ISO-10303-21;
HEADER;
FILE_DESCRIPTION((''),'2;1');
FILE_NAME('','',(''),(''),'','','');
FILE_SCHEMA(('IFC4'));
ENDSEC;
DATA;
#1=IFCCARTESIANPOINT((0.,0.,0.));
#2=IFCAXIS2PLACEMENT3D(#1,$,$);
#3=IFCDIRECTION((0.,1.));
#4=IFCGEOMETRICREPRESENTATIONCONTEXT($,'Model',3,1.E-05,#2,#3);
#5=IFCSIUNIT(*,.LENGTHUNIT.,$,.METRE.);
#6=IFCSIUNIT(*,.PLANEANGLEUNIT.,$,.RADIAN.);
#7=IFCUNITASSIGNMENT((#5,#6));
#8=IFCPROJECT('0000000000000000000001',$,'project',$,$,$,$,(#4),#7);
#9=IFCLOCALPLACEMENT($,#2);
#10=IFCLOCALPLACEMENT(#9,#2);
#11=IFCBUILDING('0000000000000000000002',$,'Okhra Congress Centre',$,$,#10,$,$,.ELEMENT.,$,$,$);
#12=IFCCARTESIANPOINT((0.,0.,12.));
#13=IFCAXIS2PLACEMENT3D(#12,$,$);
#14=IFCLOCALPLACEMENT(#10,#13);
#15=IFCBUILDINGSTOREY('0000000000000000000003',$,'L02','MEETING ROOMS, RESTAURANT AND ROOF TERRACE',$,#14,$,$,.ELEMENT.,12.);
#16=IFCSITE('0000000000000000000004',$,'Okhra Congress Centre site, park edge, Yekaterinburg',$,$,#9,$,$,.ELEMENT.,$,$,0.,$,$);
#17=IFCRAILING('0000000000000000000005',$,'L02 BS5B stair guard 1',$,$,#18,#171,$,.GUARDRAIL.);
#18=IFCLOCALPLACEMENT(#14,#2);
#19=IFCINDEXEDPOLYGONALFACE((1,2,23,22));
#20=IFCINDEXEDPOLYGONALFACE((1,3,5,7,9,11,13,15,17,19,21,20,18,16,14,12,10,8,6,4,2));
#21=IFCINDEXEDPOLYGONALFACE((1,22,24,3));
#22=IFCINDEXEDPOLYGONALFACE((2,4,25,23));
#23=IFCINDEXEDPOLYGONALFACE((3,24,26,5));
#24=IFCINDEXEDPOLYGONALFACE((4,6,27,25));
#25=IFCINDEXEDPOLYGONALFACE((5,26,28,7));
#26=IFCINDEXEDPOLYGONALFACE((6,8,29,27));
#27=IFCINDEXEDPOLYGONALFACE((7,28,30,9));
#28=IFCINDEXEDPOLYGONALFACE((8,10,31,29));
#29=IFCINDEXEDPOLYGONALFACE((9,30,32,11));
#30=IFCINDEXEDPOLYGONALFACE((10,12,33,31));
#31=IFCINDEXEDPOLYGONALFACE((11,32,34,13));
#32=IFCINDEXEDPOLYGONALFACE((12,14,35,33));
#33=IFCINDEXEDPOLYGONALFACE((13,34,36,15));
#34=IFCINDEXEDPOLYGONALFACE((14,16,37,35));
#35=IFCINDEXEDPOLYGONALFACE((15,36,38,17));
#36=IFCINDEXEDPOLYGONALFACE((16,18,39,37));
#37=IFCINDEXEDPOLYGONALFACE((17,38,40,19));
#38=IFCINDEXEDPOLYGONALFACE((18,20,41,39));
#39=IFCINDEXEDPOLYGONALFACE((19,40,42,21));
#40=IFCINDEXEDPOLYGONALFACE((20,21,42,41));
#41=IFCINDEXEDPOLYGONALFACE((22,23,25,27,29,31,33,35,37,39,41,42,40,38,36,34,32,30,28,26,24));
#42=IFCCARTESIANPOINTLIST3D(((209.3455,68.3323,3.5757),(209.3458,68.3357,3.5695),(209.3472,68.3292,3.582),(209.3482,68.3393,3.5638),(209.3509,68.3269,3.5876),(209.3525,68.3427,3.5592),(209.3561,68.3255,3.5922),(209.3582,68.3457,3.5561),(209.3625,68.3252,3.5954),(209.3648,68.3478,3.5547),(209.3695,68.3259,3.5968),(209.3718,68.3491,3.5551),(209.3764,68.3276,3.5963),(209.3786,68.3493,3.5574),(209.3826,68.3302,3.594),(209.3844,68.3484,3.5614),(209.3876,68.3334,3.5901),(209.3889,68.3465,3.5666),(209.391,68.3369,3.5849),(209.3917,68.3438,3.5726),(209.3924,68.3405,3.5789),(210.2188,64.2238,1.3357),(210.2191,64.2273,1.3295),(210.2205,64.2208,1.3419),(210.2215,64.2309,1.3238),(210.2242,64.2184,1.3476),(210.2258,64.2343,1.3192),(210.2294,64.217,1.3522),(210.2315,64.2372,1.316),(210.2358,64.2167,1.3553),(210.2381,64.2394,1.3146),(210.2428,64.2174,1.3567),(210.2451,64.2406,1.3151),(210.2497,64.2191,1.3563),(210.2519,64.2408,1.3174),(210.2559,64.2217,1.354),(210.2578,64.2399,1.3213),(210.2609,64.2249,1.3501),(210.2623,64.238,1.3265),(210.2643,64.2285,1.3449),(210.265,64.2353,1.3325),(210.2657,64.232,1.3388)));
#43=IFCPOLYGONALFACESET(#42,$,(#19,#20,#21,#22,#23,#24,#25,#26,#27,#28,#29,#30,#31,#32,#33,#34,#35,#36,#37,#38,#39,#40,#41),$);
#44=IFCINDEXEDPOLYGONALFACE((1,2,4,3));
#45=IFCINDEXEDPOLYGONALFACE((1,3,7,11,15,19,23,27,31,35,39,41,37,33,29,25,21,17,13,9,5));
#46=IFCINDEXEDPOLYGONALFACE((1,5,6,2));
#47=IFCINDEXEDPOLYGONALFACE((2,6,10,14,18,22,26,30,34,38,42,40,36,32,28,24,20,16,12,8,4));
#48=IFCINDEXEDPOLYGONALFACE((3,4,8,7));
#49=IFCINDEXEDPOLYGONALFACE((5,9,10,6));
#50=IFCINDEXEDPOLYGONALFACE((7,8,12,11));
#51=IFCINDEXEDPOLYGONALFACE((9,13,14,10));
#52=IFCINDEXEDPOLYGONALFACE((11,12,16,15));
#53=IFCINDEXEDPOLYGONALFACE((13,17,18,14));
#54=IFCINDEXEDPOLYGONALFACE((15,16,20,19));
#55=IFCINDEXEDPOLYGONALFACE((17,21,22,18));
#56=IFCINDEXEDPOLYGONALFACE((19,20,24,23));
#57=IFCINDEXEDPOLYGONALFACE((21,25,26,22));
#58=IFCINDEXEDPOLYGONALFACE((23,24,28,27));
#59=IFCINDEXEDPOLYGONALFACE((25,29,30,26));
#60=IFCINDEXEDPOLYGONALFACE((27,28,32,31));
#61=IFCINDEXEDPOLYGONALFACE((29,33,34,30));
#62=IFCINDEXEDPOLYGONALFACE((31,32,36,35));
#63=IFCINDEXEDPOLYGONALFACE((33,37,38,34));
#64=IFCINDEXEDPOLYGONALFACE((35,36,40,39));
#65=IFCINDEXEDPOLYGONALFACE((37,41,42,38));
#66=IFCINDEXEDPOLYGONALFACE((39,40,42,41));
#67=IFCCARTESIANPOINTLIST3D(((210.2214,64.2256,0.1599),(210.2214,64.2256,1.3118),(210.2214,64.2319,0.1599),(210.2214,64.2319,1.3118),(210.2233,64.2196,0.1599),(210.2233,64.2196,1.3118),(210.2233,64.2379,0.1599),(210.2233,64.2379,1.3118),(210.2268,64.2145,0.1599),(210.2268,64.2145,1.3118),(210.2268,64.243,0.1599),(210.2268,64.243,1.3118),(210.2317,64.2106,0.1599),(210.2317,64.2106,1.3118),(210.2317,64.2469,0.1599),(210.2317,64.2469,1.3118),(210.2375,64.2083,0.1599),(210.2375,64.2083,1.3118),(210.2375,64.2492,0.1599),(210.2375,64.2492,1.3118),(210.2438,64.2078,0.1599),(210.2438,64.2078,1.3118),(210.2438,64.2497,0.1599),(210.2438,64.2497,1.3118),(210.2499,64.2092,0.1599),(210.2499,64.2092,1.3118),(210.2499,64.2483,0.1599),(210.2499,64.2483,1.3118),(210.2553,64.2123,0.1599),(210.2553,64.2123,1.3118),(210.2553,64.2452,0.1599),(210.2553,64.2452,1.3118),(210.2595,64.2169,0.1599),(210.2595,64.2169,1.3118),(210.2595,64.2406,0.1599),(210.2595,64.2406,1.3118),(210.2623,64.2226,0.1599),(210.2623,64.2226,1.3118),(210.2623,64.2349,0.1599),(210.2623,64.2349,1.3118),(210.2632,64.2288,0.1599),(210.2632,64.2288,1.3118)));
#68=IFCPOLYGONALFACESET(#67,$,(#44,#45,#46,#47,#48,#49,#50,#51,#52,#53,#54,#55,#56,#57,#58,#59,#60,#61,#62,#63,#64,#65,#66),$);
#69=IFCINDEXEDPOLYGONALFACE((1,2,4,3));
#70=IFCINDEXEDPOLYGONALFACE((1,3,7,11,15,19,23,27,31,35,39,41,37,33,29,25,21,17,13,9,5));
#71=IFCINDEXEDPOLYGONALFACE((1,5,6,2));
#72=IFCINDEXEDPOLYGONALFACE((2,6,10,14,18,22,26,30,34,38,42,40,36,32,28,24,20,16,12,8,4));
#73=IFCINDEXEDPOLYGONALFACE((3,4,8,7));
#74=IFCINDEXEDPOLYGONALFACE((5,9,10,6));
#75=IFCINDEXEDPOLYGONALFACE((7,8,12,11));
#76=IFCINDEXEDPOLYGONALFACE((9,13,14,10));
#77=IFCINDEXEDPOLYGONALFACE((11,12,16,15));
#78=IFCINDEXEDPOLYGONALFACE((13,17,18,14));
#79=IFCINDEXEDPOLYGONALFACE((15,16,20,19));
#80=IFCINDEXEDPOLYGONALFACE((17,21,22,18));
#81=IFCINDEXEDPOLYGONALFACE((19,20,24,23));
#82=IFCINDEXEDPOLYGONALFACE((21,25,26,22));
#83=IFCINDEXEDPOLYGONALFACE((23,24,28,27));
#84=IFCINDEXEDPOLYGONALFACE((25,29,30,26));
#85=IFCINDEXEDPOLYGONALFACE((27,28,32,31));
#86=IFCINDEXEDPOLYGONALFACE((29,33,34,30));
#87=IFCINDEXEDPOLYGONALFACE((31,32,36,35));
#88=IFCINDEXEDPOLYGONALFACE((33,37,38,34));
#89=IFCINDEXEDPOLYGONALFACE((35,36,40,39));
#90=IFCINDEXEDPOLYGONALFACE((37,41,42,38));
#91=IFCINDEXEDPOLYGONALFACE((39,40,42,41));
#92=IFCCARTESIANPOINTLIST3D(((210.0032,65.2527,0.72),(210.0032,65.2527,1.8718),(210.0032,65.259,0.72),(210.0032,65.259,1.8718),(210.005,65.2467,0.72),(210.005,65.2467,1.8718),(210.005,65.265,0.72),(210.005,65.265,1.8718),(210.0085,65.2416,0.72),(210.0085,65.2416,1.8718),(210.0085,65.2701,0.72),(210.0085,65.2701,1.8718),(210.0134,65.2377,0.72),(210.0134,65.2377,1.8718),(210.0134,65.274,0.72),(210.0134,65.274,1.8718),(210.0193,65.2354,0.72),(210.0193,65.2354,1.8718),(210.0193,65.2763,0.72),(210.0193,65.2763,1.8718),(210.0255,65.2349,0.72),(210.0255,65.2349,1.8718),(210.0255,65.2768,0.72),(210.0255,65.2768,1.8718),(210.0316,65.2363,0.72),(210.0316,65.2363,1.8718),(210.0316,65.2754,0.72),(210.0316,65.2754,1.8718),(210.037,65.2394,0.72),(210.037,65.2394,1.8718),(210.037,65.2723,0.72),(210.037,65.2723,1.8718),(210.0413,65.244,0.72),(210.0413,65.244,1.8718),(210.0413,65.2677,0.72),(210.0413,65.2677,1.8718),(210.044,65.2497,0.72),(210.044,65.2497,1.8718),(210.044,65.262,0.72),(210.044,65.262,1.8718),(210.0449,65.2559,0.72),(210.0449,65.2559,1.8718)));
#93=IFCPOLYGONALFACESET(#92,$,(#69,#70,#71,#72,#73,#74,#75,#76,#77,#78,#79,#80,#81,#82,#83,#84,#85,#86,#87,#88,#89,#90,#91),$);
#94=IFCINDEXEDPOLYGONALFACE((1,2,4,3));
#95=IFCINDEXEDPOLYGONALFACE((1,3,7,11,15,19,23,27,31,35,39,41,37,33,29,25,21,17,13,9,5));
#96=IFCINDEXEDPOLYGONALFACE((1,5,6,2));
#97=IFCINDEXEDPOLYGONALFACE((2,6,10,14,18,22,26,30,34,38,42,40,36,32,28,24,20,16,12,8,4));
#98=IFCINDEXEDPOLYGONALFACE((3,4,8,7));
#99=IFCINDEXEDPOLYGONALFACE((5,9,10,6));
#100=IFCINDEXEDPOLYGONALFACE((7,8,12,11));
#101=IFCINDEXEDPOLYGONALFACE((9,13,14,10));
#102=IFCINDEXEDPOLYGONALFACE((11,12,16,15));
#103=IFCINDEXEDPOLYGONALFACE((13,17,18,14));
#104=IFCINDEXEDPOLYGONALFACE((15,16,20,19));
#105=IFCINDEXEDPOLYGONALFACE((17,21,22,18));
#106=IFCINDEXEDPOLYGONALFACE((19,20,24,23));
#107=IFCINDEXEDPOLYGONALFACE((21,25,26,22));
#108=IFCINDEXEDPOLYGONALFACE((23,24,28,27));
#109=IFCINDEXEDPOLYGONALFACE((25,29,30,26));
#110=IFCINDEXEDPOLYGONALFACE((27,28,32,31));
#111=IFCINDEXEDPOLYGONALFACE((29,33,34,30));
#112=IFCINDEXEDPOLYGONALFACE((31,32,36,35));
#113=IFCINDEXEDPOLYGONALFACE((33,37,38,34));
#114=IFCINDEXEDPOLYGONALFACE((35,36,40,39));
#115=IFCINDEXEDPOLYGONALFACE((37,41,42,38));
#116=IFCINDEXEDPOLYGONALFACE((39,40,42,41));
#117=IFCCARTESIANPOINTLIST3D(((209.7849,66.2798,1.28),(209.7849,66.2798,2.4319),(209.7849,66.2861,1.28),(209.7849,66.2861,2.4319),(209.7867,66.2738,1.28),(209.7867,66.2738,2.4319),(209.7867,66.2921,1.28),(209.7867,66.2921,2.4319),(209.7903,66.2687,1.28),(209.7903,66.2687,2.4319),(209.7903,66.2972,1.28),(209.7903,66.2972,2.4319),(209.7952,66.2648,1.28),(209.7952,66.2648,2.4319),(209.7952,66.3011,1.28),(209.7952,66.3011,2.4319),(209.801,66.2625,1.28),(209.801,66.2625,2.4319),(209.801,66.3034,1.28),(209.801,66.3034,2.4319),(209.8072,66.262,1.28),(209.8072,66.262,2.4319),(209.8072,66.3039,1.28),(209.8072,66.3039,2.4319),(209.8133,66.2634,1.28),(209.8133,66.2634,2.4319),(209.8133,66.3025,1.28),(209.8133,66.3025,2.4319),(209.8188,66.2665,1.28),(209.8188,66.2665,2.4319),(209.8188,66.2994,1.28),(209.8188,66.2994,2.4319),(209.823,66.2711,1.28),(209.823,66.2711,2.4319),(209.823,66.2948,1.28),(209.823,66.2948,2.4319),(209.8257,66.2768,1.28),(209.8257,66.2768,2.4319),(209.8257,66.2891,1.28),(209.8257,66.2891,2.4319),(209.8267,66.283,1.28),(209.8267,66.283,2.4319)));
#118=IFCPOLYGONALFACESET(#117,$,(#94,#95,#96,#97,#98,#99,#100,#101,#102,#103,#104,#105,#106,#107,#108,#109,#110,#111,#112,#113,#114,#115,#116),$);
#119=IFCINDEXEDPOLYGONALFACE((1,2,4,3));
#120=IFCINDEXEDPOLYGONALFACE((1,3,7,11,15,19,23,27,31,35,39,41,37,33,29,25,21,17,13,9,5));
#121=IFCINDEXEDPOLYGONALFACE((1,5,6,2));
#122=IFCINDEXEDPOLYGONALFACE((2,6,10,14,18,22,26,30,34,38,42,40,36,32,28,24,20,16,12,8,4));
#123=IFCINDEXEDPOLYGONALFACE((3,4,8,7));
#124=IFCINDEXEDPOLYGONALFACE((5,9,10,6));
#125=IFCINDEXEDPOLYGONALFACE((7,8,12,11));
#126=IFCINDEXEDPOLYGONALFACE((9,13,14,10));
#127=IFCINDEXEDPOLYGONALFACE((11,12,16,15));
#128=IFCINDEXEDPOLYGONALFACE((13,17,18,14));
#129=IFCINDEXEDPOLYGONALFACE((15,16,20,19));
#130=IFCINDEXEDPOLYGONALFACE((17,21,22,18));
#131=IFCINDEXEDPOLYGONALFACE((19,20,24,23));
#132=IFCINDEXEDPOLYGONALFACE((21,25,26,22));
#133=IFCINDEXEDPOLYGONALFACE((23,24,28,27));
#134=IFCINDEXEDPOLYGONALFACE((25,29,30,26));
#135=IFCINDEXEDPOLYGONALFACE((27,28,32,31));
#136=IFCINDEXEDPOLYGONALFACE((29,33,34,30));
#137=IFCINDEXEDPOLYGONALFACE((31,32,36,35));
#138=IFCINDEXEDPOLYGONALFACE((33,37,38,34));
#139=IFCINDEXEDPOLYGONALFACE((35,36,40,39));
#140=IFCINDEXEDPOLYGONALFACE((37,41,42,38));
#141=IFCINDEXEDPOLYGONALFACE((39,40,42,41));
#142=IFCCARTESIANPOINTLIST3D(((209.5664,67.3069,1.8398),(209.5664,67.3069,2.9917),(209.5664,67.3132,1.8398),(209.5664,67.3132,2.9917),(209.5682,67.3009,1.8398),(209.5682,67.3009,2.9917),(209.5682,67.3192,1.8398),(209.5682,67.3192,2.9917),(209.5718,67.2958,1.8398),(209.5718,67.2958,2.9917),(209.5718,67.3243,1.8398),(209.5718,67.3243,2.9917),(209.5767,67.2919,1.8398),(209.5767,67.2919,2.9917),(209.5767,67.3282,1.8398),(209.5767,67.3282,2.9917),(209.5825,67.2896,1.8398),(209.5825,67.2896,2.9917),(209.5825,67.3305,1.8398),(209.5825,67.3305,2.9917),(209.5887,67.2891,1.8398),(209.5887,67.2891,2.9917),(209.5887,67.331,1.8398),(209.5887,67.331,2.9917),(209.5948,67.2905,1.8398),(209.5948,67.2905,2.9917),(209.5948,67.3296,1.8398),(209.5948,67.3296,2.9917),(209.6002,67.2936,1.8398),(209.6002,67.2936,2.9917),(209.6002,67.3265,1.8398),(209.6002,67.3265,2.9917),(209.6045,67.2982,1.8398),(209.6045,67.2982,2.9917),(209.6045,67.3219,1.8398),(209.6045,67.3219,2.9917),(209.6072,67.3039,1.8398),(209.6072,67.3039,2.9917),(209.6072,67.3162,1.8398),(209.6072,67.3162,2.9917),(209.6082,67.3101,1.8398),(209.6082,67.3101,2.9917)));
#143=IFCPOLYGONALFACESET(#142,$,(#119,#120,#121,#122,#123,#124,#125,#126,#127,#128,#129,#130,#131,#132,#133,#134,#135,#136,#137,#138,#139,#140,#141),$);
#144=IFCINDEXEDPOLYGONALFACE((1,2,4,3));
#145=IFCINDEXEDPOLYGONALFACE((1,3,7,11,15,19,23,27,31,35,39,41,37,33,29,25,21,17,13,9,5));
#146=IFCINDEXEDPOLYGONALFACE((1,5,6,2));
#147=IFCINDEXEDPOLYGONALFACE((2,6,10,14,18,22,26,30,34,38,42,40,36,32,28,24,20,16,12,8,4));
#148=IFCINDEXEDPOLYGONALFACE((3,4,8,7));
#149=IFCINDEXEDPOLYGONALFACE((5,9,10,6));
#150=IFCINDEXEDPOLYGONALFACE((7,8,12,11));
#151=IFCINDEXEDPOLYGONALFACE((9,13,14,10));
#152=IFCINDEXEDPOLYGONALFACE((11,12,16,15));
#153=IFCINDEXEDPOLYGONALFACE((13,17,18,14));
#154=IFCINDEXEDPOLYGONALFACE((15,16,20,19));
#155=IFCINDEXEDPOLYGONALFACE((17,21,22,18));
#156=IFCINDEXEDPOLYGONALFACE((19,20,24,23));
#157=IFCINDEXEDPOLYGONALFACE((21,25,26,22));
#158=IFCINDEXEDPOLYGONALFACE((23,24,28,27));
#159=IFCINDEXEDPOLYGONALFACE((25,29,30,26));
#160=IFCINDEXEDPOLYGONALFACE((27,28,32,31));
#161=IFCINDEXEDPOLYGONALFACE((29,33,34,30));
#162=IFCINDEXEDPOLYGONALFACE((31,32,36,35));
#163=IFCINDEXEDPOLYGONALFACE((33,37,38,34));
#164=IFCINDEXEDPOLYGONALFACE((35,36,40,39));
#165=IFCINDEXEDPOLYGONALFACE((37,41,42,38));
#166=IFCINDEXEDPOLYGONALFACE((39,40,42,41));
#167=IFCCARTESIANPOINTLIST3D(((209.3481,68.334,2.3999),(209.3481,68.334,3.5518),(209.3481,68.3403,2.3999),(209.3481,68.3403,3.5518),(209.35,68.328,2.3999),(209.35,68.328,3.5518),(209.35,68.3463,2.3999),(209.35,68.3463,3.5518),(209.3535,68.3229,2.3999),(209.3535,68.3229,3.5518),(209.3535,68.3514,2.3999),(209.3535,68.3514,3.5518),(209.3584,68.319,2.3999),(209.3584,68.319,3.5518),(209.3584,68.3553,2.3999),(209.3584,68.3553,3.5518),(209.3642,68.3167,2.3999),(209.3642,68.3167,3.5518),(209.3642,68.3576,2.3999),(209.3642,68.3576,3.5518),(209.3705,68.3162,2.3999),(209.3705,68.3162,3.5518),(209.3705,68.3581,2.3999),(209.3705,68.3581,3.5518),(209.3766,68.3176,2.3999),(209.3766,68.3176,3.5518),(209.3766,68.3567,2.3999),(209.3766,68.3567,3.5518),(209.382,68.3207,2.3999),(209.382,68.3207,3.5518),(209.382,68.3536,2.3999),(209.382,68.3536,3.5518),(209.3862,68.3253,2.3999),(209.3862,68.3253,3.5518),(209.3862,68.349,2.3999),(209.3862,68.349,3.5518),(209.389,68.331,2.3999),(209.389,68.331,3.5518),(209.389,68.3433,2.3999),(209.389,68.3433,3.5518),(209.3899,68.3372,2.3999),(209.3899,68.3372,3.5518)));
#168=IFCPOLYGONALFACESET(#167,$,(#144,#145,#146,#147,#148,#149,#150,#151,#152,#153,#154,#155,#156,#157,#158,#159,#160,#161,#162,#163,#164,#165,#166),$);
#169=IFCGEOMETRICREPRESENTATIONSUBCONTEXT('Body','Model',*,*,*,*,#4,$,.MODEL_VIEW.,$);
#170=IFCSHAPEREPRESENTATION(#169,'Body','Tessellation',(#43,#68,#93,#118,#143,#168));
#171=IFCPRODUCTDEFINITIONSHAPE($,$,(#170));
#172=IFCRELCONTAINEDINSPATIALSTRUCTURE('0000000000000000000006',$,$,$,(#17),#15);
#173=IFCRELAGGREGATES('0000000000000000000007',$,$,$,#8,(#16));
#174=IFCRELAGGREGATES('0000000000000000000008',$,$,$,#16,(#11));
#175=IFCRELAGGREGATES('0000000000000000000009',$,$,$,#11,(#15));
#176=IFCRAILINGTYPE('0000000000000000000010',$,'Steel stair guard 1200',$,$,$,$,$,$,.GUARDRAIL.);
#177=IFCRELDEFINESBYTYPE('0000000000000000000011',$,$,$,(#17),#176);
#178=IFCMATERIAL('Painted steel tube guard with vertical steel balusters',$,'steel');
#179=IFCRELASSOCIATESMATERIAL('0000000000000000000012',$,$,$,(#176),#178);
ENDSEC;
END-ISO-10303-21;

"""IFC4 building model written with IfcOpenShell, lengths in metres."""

from ifc_helpers import new_model, si_unit, direction, frame, origin, origin_2d, place, context, subcontext, project, spatial, circle, extrude, material, type_object, element, save


model = new_model("IFC4")

# Units and contexts
model_context = context("Model", 3, precision=1e-05, world=origin(), true_north=direction((0.0, 1.0)))
body_context = subcontext(model_context, "Body", "Model", "MODEL_VIEW")
ifc_project = project(units=[si_unit("LENGTHUNIT", "METRE"), si_unit("PLANEANGLEUNIT", "RADIAN")], contexts=[model_context])

# Site, building, storey
site_placement = place(None, origin())
site = spatial("IfcSite", under=ifc_project, at=site_placement, Name="Okhra Congress Centre site, park edge, Yekaterinburg", CompositionType="ELEMENT", RefElevation=0.0)
building_placement = place(site_placement, origin())
building = spatial("IfcBuilding", under=site, at=building_placement, Name="Okhra Congress Centre", CompositionType="ELEMENT")
storey_placement = place(building_placement, frame((0.0, 0.0, 12.0)))
storey = spatial("IfcBuildingStorey", under=building, at=storey_placement, Name="L02", Description="MEETING ROOMS, RESTAURANT AND ROOF TERRACE", CompositionType="ELEMENT", Elevation=12.0)

# Railing
ifc_material_1 = material(Name="Painted steel tube guard with vertical steel balusters", Category="steel")
railing_type_1 = type_object("IfcRailingType", Name="Steel stair guard 1200", PredefinedType="GUARDRAIL", material=ifc_material_1)
railing_1_placement = place(storey_placement, frame((210.2422, 64.2288, 0.1599)))
element("IfcRailing", 1, at=railing_1_placement, inside=storey, type_object=railing_type_1, Name="L02 BS5B stair guard 1", PredefinedType="GUARDRAIL", context=body_context, shape_type="SweptSolid", body=[
    extrude(circle(Radius=0.0239, at=origin_2d()), frame((0.0, 0.0, 1.1758), z_axis=(-0.183458, 0.86308, 0.47057), x_axis=(-0.978146, -0.207917, 0.0)), (0.0, 0.0, 1.0), 4.7603),
    extrude(circle(Radius=0.021, at=origin_2d()), origin(), (0.0, 0.0, 1.0), 1.1519),
    extrude(circle(Radius=0.021, at=origin_2d()), frame((-0.2183, 1.0271, 0.5601)), (0.0, 0.0, 1.0), 1.1519),
    extrude(circle(Radius=0.021, at=origin_2d()), frame((-0.4365, 2.0542, 1.1201)), (0.0, 0.0, 1.0), 1.1519),
    extrude(circle(Radius=0.021, at=origin_2d()), frame((-0.655, 3.0813, 1.6799)), (0.0, 0.0, 1.0), 1.1519),
    extrude(circle(Radius=0.021, at=origin_2d()), frame((-0.8733, 4.1084, 2.24)), (0.0, 0.0, 1.0), 1.1519),
])

save(model, "model.ifc")
